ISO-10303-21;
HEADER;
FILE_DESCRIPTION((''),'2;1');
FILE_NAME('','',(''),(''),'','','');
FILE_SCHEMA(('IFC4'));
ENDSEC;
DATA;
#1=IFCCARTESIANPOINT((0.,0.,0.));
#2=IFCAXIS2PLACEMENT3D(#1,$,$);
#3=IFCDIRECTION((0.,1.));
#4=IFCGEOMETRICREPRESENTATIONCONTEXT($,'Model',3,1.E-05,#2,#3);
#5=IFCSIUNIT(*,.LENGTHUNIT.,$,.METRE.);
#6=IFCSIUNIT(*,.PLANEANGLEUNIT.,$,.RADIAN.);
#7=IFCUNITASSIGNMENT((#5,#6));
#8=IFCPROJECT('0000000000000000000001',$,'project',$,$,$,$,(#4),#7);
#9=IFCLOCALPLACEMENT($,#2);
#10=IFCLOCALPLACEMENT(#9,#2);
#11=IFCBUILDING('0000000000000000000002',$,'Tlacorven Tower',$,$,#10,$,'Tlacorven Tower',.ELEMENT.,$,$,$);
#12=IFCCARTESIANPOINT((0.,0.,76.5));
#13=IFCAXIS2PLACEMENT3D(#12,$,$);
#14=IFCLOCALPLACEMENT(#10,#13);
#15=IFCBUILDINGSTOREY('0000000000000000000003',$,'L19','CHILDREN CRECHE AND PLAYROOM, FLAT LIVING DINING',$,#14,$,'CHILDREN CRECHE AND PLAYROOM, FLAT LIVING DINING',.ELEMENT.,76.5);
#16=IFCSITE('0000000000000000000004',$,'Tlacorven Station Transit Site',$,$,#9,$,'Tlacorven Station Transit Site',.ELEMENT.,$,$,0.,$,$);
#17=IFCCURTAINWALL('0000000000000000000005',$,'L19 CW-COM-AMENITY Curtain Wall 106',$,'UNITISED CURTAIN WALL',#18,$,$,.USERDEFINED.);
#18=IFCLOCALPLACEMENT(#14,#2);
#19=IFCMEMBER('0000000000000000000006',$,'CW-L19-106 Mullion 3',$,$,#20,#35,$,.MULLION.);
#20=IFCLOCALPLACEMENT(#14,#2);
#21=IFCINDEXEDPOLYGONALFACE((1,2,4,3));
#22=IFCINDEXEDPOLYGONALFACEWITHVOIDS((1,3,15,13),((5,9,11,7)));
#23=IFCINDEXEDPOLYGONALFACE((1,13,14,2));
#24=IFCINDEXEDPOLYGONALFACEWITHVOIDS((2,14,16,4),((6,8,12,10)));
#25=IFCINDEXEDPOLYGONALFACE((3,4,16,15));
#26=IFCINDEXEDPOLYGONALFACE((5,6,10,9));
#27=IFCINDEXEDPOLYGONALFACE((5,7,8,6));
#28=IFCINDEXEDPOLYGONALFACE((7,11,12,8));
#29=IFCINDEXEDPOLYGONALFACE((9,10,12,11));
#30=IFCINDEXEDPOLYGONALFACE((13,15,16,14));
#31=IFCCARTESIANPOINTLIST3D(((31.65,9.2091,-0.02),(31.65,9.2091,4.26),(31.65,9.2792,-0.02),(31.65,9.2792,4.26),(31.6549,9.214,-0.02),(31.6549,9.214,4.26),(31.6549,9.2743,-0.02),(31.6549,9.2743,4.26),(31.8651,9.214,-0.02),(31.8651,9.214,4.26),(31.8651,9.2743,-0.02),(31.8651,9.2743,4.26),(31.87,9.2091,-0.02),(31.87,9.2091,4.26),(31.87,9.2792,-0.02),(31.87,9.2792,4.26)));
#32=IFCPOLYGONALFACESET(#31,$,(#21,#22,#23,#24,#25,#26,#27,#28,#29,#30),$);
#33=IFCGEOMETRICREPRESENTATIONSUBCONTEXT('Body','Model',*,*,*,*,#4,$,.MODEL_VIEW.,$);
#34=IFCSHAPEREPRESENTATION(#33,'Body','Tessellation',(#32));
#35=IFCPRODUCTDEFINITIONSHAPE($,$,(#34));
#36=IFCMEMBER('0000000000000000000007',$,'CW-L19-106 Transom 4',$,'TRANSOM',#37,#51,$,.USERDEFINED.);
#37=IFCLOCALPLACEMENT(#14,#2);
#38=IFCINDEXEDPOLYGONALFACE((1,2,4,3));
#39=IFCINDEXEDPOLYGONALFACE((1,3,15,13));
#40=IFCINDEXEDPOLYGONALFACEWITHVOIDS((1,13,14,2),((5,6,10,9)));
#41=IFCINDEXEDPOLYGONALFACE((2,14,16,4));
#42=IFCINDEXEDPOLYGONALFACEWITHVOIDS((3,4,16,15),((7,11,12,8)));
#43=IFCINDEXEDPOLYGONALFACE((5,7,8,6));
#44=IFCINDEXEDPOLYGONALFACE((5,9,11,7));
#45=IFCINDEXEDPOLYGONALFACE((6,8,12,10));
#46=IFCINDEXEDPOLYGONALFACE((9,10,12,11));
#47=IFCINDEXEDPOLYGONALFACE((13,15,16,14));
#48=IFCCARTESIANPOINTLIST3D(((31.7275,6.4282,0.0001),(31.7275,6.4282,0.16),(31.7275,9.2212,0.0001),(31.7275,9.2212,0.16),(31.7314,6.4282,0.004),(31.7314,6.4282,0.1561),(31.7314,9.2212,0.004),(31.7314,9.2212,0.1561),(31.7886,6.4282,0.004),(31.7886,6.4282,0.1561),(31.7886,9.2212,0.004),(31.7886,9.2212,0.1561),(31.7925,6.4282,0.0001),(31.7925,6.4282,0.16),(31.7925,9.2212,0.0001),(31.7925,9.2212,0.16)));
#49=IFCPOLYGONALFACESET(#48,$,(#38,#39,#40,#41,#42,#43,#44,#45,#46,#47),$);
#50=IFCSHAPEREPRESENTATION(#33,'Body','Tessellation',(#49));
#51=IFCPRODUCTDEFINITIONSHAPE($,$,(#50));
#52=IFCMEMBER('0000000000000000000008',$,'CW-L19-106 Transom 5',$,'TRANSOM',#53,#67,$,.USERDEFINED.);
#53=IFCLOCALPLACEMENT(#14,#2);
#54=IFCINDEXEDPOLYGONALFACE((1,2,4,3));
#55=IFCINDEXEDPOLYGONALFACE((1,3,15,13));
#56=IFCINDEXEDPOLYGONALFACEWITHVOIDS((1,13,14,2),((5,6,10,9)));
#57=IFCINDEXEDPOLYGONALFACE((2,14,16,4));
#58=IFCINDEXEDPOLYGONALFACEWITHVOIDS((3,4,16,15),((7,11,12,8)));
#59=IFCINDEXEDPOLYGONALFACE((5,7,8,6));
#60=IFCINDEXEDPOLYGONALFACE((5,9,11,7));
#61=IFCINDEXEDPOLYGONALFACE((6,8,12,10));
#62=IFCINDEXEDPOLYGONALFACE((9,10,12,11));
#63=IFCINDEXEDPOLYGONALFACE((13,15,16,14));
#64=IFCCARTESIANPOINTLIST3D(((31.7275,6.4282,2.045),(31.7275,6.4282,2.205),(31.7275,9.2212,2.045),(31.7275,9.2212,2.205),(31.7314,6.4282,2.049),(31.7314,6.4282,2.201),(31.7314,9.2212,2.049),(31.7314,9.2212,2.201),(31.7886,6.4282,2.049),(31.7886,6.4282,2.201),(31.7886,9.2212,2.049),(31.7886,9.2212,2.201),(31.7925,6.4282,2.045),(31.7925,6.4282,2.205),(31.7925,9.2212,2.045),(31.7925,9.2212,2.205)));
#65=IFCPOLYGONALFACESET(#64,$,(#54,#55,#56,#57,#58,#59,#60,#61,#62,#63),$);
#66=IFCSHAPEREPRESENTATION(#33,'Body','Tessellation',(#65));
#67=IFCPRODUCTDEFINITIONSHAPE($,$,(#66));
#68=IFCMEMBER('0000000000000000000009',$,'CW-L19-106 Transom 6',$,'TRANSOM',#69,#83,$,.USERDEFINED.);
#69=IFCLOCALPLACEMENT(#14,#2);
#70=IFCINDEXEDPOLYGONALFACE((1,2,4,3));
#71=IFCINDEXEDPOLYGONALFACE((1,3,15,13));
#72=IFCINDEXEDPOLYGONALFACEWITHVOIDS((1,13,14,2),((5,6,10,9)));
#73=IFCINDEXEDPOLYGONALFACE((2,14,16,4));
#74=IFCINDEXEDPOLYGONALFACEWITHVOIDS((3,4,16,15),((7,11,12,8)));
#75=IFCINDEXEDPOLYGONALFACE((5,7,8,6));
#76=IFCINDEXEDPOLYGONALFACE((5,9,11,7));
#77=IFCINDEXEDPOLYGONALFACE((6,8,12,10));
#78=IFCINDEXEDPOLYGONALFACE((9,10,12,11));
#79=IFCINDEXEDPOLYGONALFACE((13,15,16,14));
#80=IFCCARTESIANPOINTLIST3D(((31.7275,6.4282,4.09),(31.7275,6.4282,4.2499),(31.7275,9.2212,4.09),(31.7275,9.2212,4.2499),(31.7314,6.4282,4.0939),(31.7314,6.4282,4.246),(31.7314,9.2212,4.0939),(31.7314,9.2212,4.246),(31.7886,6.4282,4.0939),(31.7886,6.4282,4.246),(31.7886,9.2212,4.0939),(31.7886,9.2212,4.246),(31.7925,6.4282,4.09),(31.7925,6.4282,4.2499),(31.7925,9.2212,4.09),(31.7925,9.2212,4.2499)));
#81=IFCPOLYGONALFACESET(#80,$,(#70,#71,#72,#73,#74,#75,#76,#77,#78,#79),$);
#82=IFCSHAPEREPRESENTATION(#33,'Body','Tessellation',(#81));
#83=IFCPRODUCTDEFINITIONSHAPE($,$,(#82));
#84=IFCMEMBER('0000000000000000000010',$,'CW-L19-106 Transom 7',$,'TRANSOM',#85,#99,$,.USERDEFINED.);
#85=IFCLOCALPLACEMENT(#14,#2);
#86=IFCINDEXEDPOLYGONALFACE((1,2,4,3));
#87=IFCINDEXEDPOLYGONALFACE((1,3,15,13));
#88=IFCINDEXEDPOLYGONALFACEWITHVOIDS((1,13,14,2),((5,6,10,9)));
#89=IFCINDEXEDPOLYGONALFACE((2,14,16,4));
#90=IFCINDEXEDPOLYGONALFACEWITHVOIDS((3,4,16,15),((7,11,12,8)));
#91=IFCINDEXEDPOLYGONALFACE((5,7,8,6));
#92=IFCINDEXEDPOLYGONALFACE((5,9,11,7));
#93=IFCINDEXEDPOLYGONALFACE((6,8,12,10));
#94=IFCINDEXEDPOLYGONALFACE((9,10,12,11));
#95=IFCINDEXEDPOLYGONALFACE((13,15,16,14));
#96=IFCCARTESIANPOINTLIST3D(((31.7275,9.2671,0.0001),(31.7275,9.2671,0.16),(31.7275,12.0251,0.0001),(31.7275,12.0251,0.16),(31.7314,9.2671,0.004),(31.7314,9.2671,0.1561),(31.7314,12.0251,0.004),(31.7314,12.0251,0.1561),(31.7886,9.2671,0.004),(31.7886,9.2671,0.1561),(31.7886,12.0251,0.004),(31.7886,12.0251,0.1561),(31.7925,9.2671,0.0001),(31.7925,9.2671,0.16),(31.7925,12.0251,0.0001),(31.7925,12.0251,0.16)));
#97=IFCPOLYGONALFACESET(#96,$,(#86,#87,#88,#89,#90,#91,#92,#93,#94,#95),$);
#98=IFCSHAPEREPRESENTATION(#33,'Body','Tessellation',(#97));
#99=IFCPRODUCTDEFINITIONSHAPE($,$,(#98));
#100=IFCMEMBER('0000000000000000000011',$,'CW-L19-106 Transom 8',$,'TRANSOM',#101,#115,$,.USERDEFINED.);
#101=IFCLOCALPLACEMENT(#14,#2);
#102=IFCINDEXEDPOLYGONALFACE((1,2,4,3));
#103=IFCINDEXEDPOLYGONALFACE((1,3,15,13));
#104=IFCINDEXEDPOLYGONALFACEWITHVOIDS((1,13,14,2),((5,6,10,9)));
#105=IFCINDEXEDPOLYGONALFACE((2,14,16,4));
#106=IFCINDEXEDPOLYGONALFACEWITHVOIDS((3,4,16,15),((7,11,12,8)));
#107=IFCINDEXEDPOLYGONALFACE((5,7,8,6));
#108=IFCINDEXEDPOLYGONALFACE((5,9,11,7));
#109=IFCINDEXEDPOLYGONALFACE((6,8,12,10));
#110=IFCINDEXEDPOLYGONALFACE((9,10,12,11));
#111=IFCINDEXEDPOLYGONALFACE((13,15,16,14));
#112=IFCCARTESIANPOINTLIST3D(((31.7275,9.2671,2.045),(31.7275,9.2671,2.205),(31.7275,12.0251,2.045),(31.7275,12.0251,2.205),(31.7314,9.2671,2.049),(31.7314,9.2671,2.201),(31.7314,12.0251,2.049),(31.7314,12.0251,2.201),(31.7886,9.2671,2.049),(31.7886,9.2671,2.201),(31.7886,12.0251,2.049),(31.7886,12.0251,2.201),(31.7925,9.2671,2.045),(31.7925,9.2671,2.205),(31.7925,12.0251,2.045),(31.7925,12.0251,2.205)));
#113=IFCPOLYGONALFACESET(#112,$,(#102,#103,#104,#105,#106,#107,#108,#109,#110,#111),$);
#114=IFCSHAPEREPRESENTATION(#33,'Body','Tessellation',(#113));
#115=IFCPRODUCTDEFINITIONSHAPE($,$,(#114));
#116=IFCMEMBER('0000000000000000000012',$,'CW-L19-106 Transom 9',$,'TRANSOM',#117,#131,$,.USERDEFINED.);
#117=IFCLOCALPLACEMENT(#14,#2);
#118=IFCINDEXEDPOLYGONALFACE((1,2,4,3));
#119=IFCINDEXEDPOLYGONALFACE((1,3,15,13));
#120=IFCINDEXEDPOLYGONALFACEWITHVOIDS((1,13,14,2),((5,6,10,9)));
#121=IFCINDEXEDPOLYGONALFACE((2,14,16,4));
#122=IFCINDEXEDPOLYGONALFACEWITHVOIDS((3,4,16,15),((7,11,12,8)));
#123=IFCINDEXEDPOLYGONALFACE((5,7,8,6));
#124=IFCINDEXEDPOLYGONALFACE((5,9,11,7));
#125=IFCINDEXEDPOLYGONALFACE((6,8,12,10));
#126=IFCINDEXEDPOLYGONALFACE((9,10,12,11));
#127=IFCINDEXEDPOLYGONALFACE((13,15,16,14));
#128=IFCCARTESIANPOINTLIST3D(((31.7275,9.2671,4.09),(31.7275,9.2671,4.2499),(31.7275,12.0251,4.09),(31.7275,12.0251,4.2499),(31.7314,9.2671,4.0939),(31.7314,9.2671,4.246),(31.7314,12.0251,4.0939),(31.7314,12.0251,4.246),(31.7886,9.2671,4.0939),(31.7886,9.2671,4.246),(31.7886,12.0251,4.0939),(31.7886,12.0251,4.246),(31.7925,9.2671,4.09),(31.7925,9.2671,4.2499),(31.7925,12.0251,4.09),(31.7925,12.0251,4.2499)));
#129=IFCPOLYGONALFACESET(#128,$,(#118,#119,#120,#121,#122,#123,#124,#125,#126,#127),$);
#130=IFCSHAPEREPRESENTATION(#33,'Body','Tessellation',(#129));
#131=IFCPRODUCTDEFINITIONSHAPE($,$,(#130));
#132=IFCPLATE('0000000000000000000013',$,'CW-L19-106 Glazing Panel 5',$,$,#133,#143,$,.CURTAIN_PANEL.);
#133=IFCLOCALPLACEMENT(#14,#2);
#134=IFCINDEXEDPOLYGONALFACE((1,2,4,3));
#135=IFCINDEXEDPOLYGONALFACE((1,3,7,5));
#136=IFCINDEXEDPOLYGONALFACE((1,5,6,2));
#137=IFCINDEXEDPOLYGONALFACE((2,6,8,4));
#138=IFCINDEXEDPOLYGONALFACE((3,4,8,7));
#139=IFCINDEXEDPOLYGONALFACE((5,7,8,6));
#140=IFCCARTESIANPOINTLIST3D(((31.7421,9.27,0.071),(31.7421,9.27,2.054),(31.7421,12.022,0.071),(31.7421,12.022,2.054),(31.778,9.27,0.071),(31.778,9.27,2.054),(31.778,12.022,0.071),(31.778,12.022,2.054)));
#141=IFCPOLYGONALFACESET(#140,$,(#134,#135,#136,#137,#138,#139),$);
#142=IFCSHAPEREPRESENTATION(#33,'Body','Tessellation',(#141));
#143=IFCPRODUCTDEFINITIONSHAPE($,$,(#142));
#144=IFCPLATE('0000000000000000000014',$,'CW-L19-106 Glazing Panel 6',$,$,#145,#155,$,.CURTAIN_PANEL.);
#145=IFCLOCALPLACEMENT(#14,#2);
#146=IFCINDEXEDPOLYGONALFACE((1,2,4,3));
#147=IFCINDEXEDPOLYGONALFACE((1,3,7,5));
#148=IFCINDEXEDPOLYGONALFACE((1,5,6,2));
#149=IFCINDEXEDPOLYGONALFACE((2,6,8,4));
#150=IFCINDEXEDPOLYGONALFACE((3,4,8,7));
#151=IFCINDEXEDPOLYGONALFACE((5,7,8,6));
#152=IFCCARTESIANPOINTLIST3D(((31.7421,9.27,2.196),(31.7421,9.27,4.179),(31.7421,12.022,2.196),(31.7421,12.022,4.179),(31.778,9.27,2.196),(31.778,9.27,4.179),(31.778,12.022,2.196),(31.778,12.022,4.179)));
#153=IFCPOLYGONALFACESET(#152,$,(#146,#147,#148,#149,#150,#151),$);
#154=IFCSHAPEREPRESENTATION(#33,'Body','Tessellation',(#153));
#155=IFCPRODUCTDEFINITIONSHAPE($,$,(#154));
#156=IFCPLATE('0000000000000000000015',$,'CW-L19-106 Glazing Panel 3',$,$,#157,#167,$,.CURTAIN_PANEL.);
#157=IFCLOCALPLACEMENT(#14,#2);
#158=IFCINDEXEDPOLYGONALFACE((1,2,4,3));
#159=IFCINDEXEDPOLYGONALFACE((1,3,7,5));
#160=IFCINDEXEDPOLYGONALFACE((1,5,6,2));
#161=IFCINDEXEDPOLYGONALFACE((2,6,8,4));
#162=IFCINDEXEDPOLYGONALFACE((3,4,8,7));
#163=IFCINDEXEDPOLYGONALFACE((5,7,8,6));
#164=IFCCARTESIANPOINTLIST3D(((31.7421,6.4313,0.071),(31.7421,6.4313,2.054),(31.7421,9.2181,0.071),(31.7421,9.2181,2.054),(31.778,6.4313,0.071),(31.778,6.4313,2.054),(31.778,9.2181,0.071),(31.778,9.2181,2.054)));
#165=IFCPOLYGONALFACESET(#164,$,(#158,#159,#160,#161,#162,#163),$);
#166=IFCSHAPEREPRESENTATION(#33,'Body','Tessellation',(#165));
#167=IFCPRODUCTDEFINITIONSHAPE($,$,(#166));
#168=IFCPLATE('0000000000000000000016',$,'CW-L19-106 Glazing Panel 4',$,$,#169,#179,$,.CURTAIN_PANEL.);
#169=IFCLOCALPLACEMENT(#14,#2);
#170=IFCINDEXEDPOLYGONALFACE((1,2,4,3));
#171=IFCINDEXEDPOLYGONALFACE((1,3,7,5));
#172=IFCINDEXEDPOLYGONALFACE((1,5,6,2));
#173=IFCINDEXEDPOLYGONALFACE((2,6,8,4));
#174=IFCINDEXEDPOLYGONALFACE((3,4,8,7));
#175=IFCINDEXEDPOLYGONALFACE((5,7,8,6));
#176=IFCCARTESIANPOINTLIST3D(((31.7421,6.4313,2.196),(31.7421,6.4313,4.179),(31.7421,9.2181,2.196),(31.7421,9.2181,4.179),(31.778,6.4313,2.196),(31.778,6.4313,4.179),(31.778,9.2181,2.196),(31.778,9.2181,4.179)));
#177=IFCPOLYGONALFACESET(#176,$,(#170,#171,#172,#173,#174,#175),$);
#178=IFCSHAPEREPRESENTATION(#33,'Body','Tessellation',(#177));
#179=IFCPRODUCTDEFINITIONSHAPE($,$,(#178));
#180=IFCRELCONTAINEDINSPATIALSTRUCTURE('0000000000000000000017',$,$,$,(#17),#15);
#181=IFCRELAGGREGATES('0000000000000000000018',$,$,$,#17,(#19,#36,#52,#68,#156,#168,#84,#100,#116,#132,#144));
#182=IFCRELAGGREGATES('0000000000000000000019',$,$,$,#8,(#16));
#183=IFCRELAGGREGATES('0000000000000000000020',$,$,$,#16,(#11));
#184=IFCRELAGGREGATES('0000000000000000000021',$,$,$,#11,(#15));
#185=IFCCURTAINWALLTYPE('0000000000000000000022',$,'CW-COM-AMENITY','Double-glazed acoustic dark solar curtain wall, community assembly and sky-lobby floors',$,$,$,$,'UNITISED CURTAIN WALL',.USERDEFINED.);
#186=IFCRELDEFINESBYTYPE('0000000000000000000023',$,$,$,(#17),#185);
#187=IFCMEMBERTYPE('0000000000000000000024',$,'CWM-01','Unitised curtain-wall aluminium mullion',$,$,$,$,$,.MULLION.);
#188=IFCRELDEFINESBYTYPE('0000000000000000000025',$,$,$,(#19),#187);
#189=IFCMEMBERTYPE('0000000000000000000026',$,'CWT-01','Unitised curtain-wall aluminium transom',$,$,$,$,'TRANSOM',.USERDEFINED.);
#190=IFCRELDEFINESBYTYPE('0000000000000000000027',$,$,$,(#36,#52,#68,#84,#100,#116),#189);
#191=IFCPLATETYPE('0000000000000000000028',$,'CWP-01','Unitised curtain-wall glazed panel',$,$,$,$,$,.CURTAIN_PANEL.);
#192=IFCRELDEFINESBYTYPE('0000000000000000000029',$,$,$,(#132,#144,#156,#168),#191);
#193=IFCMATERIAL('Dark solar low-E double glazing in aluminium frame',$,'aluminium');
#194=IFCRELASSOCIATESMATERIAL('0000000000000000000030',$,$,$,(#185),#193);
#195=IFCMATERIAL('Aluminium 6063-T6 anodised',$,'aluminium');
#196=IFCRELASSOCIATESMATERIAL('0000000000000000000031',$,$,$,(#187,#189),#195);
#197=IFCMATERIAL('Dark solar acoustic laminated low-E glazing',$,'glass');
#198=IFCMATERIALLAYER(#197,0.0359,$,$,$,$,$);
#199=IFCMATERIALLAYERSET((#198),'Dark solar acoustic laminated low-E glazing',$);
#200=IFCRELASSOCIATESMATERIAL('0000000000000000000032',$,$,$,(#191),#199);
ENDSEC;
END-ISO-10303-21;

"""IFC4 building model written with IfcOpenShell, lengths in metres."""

from ifc_helpers import new_model, si_unit, direction, frame, origin, origin_2d, place, context, subcontext, project, spatial, rectangle, hollow_rectangle, extrude, source, transform, mapped, material, layer, layer_set, material_profile, profile_set, type_object, element, aggregate, save


model = new_model("IFC4")

# Units and contexts
model_context = context("Model", 3, precision=1e-05, world=origin(), true_north=direction((0.0, 1.0)))
body_context = subcontext(model_context, "Body", "Model", "MODEL_VIEW")
ifc_project = project(units=[si_unit("LENGTHUNIT", "METRE"), si_unit("PLANEANGLEUNIT", "RADIAN")], contexts=[model_context])

# Site, building, storey
site_placement = place(None, origin())
site = spatial("IfcSite", under=ifc_project, at=site_placement, Name="Tlacorven Station Transit Site", LongName="Tlacorven Station Transit Site", CompositionType="ELEMENT", RefElevation=0.0)
building_placement = place(site_placement, origin())
building = spatial("IfcBuilding", under=site, at=building_placement, Name="Tlacorven Tower", LongName="Tlacorven Tower", CompositionType="ELEMENT")
storey_placement = place(building_placement, frame((0.0, 0.0, 76.5)))
storey = spatial("IfcBuildingStorey", under=building, at=storey_placement, Name="L19", Description="CHILDREN CRECHE AND PLAYROOM, FLAT LIVING DINING", LongName="CHILDREN CRECHE AND PLAYROOM, FLAT LIVING DINING", CompositionType="ELEMENT", Elevation=76.5)

# Curtain wall, members, plates
ifc_material_1 = material(Name="Dark solar low-E double glazing in aluminium frame", Category="aluminium")
curtain_wall_type = type_object("IfcCurtainWallType", Name="CW-COM-AMENITY", Description="Double-glazed acoustic dark solar curtain wall, community assembly and sky-lobby floors", ElementType="UNITISED CURTAIN WALL", PredefinedType="USERDEFINED", material=ifc_material_1)
curtain_wall_placement = place(storey_placement, origin())
curtain_wall = element("IfcCurtainWall", 1, at=curtain_wall_placement, inside=storey, type_object=curtain_wall_type, Name="L19 CW-COM-AMENITY Curtain Wall 106", ObjectType="UNITISED CURTAIN WALL", PredefinedType="USERDEFINED")
ifc_material_2 = material(Name="Aluminium 6063-T6 anodised", Category="aluminium")
ifc_material_profile_1 = material_profile(ifc_material_2, hollow_rectangle(XDim=0.0701, YDim=0.22, WallThickness=0.0049, at=origin_2d()), Name="ALU MULLION 70X220")
ifc_profile_set_1 = profile_set([ifc_material_profile_1], Name="Aluminium 6063-T6 anodised")
member_type_1 = type_object("IfcMemberType", Name="CWM-01", Description="Unitised curtain-wall aluminium mullion", PredefinedType="MULLION", material=ifc_profile_set_1)
shared_shape_1 = source(origin(), body_context, "Body", "SweptSolid", [
    extrude(hollow_rectangle(XDim=0.0701, YDim=0.22, WallThickness=0.0049, at=origin_2d()), origin(), (0.0, 0.0, 1.0), 4.28),
])
member_1_placement = place(storey_placement, frame((31.76, 9.2441, -0.02), z_axis=(0.0, 0.0, 1.0), x_axis=(0.0, 1.0, 0.0)))
member_1 = element("IfcMember", 2, at=member_1_placement, type_object=member_type_1, Name="CW-L19-106 Mullion 3", PredefinedType="MULLION", context=body_context, shape_type="MappedRepresentation", body=[
    mapped(shared_shape_1, transform((0.0, 0.0, 0.0), scale=1.0)),
])
ifc_material_profile_2 = material_profile(ifc_material_2, hollow_rectangle(XDim=0.0649, YDim=0.1599, WallThickness=0.0039, at=origin_2d()), Name="ALU TRANSOM 65X160")
ifc_profile_set_2 = profile_set([ifc_material_profile_2], Name="Aluminium 6063-T6 anodised")
member_type_2 = type_object("IfcMemberType", Name="CWT-01", Description="Unitised curtain-wall aluminium transom", ElementType="TRANSOM", PredefinedType="USERDEFINED", material=ifc_profile_set_2)
shared_shape_2 = source(origin(), body_context, "Body", "SweptSolid", [
    extrude(hollow_rectangle(XDim=0.0649, YDim=0.1599, WallThickness=0.0039, at=origin_2d()), origin(), (0.0, 0.0, 1.0), 2.793),
])
member_2_placement = place(storey_placement, frame((31.76, 6.4282, 0.0801), z_axis=(0.0, 1.0, 0.0), x_axis=(-1.0, 0.0, 0.0)))
member_2 = element("IfcMember", 3, at=member_2_placement, type_object=member_type_2, Name="CW-L19-106 Transom 4", ObjectType="TRANSOM", PredefinedType="USERDEFINED", context=body_context, shape_type="MappedRepresentation", body=[
    mapped(shared_shape_2, transform((0.0, 0.0, 0.0), scale=1.0)),
])
member_3_placement = place(storey_placement, frame((31.76, 6.4282, 2.125), z_axis=(0.0, 1.0, 0.0), x_axis=(-1.0, 0.0, 0.0)))
member_3 = element("IfcMember", 4, at=member_3_placement, type_object=member_type_2, Name="CW-L19-106 Transom 5", ObjectType="TRANSOM", PredefinedType="USERDEFINED", context=body_context, shape_type="MappedRepresentation", body=[
    mapped(shared_shape_2, transform((0.0, 0.0, 0.0), scale=1.0)),
])
member_4_placement = place(storey_placement, frame((31.76, 6.4282, 4.1699), z_axis=(0.0, 1.0, 0.0), x_axis=(-1.0, 0.0, 0.0)))
member_4 = element("IfcMember", 5, at=member_4_placement, type_object=member_type_2, Name="CW-L19-106 Transom 6", ObjectType="TRANSOM", PredefinedType="USERDEFINED", context=body_context, shape_type="MappedRepresentation", body=[
    mapped(shared_shape_2, transform((0.0, 0.0, 0.0), scale=1.0)),
])
shared_shape_3 = source(origin(), body_context, "Body", "SweptSolid", [
    extrude(hollow_rectangle(XDim=0.0649, YDim=0.1599, WallThickness=0.0039, at=origin_2d()), origin(), (0.0, 0.0, 1.0), 2.7581),
])
member_5_placement = place(storey_placement, frame((31.76, 9.2671, 0.0801), z_axis=(0.0, 1.0, 0.0), x_axis=(-1.0, 0.0, 0.0)))
member_5 = element("IfcMember", 6, at=member_5_placement, type_object=member_type_2, Name="CW-L19-106 Transom 7", ObjectType="TRANSOM", PredefinedType="USERDEFINED", context=body_context, shape_type="MappedRepresentation", body=[
    mapped(shared_shape_3, transform((0.0, 0.0, 0.0), scale=1.0)),
])
member_6_placement = place(storey_placement, frame((31.76, 9.2671, 2.125), z_axis=(0.0, 1.0, 0.0), x_axis=(-1.0, 0.0, 0.0)))
member_6 = element("IfcMember", 7, at=member_6_placement, type_object=member_type_2, Name="CW-L19-106 Transom 8", ObjectType="TRANSOM", PredefinedType="USERDEFINED", context=body_context, shape_type="MappedRepresentation", body=[
    mapped(shared_shape_3, transform((0.0, 0.0, 0.0), scale=1.0)),
])
member_7_placement = place(storey_placement, frame((31.76, 9.2671, 4.1699), z_axis=(0.0, 1.0, 0.0), x_axis=(-1.0, 0.0, 0.0)))
member_7 = element("IfcMember", 8, at=member_7_placement, type_object=member_type_2, Name="CW-L19-106 Transom 9", ObjectType="TRANSOM", PredefinedType="USERDEFINED", context=body_context, shape_type="MappedRepresentation", body=[
    mapped(shared_shape_3, transform((0.0, 0.0, 0.0), scale=1.0)),
])
ifc_material_3 = material(Name="Dark solar acoustic laminated low-E glazing", Category="glass")
ifc_layer = layer(ifc_material_3, 0.0359)
ifc_layer_set = layer_set([ifc_layer], Name="Dark solar acoustic laminated low-E glazing")
plate_type = type_object("IfcPlateType", Name="CWP-01", Description="Unitised curtain-wall glazed panel", PredefinedType="CURTAIN_PANEL", material=ifc_layer_set)
shared_shape_4 = source(origin(), body_context, "Body", "SweptSolid", [
    extrude(rectangle(XDim=2.752, YDim=0.0359, at=origin_2d()), origin(), (0.0, 0.0, 1.0), 1.9829),
])
plate_1_placement = place(storey_placement, frame((31.76, 10.646, 0.071), z_axis=(0.0, 0.0, 1.0), x_axis=(0.0, 1.0, 0.0)))
plate_1 = element("IfcPlate", 9, at=plate_1_placement, type_object=plate_type, Name="CW-L19-106 Glazing Panel 5", PredefinedType="CURTAIN_PANEL", context=body_context, shape_type="MappedRepresentation", body=[
    mapped(shared_shape_4, transform((0.0, 0.0, 0.0), scale=1.0)),
])
plate_2_placement = place(storey_placement, frame((31.76, 10.646, 2.196), z_axis=(0.0, 0.0, 1.0), x_axis=(0.0, 1.0, 0.0)))
plate_2 = element("IfcPlate", 10, at=plate_2_placement, type_object=plate_type, Name="CW-L19-106 Glazing Panel 6", PredefinedType="CURTAIN_PANEL", context=body_context, shape_type="MappedRepresentation", body=[
    mapped(shared_shape_4, transform((0.0, 0.0, 0.0), scale=1.0)),
])
shared_shape_5 = source(origin(), body_context, "Body", "SweptSolid", [
    extrude(rectangle(XDim=2.7869, YDim=0.0359, at=origin_2d()), origin(), (0.0, 0.0, 1.0), 1.9829),
])
plate_3_placement = place(storey_placement, frame((31.76, 7.8247, 0.071), z_axis=(0.0, 0.0, 1.0), x_axis=(0.0, 1.0, 0.0)))
plate_3 = element("IfcPlate", 11, at=plate_3_placement, type_object=plate_type, Name="CW-L19-106 Glazing Panel 3", PredefinedType="CURTAIN_PANEL", context=body_context, shape_type="MappedRepresentation", body=[
    mapped(shared_shape_5, transform((0.0, 0.0, 0.0), scale=1.0)),
])
plate_4_placement = place(storey_placement, frame((31.76, 7.8247, 2.196), z_axis=(0.0, 0.0, 1.0), x_axis=(0.0, 1.0, 0.0)))
plate_4 = element("IfcPlate", 12, at=plate_4_placement, type_object=plate_type, Name="CW-L19-106 Glazing Panel 4", PredefinedType="CURTAIN_PANEL", context=body_context, shape_type="MappedRepresentation", body=[
    mapped(shared_shape_5, transform((0.0, 0.0, 0.0), scale=1.0)),
])
aggregate(curtain_wall, [member_1, member_2, member_3, member_4, plate_3, plate_4, member_5, member_6, member_7, plate_1, plate_2])

save(model, "model.ifc")
